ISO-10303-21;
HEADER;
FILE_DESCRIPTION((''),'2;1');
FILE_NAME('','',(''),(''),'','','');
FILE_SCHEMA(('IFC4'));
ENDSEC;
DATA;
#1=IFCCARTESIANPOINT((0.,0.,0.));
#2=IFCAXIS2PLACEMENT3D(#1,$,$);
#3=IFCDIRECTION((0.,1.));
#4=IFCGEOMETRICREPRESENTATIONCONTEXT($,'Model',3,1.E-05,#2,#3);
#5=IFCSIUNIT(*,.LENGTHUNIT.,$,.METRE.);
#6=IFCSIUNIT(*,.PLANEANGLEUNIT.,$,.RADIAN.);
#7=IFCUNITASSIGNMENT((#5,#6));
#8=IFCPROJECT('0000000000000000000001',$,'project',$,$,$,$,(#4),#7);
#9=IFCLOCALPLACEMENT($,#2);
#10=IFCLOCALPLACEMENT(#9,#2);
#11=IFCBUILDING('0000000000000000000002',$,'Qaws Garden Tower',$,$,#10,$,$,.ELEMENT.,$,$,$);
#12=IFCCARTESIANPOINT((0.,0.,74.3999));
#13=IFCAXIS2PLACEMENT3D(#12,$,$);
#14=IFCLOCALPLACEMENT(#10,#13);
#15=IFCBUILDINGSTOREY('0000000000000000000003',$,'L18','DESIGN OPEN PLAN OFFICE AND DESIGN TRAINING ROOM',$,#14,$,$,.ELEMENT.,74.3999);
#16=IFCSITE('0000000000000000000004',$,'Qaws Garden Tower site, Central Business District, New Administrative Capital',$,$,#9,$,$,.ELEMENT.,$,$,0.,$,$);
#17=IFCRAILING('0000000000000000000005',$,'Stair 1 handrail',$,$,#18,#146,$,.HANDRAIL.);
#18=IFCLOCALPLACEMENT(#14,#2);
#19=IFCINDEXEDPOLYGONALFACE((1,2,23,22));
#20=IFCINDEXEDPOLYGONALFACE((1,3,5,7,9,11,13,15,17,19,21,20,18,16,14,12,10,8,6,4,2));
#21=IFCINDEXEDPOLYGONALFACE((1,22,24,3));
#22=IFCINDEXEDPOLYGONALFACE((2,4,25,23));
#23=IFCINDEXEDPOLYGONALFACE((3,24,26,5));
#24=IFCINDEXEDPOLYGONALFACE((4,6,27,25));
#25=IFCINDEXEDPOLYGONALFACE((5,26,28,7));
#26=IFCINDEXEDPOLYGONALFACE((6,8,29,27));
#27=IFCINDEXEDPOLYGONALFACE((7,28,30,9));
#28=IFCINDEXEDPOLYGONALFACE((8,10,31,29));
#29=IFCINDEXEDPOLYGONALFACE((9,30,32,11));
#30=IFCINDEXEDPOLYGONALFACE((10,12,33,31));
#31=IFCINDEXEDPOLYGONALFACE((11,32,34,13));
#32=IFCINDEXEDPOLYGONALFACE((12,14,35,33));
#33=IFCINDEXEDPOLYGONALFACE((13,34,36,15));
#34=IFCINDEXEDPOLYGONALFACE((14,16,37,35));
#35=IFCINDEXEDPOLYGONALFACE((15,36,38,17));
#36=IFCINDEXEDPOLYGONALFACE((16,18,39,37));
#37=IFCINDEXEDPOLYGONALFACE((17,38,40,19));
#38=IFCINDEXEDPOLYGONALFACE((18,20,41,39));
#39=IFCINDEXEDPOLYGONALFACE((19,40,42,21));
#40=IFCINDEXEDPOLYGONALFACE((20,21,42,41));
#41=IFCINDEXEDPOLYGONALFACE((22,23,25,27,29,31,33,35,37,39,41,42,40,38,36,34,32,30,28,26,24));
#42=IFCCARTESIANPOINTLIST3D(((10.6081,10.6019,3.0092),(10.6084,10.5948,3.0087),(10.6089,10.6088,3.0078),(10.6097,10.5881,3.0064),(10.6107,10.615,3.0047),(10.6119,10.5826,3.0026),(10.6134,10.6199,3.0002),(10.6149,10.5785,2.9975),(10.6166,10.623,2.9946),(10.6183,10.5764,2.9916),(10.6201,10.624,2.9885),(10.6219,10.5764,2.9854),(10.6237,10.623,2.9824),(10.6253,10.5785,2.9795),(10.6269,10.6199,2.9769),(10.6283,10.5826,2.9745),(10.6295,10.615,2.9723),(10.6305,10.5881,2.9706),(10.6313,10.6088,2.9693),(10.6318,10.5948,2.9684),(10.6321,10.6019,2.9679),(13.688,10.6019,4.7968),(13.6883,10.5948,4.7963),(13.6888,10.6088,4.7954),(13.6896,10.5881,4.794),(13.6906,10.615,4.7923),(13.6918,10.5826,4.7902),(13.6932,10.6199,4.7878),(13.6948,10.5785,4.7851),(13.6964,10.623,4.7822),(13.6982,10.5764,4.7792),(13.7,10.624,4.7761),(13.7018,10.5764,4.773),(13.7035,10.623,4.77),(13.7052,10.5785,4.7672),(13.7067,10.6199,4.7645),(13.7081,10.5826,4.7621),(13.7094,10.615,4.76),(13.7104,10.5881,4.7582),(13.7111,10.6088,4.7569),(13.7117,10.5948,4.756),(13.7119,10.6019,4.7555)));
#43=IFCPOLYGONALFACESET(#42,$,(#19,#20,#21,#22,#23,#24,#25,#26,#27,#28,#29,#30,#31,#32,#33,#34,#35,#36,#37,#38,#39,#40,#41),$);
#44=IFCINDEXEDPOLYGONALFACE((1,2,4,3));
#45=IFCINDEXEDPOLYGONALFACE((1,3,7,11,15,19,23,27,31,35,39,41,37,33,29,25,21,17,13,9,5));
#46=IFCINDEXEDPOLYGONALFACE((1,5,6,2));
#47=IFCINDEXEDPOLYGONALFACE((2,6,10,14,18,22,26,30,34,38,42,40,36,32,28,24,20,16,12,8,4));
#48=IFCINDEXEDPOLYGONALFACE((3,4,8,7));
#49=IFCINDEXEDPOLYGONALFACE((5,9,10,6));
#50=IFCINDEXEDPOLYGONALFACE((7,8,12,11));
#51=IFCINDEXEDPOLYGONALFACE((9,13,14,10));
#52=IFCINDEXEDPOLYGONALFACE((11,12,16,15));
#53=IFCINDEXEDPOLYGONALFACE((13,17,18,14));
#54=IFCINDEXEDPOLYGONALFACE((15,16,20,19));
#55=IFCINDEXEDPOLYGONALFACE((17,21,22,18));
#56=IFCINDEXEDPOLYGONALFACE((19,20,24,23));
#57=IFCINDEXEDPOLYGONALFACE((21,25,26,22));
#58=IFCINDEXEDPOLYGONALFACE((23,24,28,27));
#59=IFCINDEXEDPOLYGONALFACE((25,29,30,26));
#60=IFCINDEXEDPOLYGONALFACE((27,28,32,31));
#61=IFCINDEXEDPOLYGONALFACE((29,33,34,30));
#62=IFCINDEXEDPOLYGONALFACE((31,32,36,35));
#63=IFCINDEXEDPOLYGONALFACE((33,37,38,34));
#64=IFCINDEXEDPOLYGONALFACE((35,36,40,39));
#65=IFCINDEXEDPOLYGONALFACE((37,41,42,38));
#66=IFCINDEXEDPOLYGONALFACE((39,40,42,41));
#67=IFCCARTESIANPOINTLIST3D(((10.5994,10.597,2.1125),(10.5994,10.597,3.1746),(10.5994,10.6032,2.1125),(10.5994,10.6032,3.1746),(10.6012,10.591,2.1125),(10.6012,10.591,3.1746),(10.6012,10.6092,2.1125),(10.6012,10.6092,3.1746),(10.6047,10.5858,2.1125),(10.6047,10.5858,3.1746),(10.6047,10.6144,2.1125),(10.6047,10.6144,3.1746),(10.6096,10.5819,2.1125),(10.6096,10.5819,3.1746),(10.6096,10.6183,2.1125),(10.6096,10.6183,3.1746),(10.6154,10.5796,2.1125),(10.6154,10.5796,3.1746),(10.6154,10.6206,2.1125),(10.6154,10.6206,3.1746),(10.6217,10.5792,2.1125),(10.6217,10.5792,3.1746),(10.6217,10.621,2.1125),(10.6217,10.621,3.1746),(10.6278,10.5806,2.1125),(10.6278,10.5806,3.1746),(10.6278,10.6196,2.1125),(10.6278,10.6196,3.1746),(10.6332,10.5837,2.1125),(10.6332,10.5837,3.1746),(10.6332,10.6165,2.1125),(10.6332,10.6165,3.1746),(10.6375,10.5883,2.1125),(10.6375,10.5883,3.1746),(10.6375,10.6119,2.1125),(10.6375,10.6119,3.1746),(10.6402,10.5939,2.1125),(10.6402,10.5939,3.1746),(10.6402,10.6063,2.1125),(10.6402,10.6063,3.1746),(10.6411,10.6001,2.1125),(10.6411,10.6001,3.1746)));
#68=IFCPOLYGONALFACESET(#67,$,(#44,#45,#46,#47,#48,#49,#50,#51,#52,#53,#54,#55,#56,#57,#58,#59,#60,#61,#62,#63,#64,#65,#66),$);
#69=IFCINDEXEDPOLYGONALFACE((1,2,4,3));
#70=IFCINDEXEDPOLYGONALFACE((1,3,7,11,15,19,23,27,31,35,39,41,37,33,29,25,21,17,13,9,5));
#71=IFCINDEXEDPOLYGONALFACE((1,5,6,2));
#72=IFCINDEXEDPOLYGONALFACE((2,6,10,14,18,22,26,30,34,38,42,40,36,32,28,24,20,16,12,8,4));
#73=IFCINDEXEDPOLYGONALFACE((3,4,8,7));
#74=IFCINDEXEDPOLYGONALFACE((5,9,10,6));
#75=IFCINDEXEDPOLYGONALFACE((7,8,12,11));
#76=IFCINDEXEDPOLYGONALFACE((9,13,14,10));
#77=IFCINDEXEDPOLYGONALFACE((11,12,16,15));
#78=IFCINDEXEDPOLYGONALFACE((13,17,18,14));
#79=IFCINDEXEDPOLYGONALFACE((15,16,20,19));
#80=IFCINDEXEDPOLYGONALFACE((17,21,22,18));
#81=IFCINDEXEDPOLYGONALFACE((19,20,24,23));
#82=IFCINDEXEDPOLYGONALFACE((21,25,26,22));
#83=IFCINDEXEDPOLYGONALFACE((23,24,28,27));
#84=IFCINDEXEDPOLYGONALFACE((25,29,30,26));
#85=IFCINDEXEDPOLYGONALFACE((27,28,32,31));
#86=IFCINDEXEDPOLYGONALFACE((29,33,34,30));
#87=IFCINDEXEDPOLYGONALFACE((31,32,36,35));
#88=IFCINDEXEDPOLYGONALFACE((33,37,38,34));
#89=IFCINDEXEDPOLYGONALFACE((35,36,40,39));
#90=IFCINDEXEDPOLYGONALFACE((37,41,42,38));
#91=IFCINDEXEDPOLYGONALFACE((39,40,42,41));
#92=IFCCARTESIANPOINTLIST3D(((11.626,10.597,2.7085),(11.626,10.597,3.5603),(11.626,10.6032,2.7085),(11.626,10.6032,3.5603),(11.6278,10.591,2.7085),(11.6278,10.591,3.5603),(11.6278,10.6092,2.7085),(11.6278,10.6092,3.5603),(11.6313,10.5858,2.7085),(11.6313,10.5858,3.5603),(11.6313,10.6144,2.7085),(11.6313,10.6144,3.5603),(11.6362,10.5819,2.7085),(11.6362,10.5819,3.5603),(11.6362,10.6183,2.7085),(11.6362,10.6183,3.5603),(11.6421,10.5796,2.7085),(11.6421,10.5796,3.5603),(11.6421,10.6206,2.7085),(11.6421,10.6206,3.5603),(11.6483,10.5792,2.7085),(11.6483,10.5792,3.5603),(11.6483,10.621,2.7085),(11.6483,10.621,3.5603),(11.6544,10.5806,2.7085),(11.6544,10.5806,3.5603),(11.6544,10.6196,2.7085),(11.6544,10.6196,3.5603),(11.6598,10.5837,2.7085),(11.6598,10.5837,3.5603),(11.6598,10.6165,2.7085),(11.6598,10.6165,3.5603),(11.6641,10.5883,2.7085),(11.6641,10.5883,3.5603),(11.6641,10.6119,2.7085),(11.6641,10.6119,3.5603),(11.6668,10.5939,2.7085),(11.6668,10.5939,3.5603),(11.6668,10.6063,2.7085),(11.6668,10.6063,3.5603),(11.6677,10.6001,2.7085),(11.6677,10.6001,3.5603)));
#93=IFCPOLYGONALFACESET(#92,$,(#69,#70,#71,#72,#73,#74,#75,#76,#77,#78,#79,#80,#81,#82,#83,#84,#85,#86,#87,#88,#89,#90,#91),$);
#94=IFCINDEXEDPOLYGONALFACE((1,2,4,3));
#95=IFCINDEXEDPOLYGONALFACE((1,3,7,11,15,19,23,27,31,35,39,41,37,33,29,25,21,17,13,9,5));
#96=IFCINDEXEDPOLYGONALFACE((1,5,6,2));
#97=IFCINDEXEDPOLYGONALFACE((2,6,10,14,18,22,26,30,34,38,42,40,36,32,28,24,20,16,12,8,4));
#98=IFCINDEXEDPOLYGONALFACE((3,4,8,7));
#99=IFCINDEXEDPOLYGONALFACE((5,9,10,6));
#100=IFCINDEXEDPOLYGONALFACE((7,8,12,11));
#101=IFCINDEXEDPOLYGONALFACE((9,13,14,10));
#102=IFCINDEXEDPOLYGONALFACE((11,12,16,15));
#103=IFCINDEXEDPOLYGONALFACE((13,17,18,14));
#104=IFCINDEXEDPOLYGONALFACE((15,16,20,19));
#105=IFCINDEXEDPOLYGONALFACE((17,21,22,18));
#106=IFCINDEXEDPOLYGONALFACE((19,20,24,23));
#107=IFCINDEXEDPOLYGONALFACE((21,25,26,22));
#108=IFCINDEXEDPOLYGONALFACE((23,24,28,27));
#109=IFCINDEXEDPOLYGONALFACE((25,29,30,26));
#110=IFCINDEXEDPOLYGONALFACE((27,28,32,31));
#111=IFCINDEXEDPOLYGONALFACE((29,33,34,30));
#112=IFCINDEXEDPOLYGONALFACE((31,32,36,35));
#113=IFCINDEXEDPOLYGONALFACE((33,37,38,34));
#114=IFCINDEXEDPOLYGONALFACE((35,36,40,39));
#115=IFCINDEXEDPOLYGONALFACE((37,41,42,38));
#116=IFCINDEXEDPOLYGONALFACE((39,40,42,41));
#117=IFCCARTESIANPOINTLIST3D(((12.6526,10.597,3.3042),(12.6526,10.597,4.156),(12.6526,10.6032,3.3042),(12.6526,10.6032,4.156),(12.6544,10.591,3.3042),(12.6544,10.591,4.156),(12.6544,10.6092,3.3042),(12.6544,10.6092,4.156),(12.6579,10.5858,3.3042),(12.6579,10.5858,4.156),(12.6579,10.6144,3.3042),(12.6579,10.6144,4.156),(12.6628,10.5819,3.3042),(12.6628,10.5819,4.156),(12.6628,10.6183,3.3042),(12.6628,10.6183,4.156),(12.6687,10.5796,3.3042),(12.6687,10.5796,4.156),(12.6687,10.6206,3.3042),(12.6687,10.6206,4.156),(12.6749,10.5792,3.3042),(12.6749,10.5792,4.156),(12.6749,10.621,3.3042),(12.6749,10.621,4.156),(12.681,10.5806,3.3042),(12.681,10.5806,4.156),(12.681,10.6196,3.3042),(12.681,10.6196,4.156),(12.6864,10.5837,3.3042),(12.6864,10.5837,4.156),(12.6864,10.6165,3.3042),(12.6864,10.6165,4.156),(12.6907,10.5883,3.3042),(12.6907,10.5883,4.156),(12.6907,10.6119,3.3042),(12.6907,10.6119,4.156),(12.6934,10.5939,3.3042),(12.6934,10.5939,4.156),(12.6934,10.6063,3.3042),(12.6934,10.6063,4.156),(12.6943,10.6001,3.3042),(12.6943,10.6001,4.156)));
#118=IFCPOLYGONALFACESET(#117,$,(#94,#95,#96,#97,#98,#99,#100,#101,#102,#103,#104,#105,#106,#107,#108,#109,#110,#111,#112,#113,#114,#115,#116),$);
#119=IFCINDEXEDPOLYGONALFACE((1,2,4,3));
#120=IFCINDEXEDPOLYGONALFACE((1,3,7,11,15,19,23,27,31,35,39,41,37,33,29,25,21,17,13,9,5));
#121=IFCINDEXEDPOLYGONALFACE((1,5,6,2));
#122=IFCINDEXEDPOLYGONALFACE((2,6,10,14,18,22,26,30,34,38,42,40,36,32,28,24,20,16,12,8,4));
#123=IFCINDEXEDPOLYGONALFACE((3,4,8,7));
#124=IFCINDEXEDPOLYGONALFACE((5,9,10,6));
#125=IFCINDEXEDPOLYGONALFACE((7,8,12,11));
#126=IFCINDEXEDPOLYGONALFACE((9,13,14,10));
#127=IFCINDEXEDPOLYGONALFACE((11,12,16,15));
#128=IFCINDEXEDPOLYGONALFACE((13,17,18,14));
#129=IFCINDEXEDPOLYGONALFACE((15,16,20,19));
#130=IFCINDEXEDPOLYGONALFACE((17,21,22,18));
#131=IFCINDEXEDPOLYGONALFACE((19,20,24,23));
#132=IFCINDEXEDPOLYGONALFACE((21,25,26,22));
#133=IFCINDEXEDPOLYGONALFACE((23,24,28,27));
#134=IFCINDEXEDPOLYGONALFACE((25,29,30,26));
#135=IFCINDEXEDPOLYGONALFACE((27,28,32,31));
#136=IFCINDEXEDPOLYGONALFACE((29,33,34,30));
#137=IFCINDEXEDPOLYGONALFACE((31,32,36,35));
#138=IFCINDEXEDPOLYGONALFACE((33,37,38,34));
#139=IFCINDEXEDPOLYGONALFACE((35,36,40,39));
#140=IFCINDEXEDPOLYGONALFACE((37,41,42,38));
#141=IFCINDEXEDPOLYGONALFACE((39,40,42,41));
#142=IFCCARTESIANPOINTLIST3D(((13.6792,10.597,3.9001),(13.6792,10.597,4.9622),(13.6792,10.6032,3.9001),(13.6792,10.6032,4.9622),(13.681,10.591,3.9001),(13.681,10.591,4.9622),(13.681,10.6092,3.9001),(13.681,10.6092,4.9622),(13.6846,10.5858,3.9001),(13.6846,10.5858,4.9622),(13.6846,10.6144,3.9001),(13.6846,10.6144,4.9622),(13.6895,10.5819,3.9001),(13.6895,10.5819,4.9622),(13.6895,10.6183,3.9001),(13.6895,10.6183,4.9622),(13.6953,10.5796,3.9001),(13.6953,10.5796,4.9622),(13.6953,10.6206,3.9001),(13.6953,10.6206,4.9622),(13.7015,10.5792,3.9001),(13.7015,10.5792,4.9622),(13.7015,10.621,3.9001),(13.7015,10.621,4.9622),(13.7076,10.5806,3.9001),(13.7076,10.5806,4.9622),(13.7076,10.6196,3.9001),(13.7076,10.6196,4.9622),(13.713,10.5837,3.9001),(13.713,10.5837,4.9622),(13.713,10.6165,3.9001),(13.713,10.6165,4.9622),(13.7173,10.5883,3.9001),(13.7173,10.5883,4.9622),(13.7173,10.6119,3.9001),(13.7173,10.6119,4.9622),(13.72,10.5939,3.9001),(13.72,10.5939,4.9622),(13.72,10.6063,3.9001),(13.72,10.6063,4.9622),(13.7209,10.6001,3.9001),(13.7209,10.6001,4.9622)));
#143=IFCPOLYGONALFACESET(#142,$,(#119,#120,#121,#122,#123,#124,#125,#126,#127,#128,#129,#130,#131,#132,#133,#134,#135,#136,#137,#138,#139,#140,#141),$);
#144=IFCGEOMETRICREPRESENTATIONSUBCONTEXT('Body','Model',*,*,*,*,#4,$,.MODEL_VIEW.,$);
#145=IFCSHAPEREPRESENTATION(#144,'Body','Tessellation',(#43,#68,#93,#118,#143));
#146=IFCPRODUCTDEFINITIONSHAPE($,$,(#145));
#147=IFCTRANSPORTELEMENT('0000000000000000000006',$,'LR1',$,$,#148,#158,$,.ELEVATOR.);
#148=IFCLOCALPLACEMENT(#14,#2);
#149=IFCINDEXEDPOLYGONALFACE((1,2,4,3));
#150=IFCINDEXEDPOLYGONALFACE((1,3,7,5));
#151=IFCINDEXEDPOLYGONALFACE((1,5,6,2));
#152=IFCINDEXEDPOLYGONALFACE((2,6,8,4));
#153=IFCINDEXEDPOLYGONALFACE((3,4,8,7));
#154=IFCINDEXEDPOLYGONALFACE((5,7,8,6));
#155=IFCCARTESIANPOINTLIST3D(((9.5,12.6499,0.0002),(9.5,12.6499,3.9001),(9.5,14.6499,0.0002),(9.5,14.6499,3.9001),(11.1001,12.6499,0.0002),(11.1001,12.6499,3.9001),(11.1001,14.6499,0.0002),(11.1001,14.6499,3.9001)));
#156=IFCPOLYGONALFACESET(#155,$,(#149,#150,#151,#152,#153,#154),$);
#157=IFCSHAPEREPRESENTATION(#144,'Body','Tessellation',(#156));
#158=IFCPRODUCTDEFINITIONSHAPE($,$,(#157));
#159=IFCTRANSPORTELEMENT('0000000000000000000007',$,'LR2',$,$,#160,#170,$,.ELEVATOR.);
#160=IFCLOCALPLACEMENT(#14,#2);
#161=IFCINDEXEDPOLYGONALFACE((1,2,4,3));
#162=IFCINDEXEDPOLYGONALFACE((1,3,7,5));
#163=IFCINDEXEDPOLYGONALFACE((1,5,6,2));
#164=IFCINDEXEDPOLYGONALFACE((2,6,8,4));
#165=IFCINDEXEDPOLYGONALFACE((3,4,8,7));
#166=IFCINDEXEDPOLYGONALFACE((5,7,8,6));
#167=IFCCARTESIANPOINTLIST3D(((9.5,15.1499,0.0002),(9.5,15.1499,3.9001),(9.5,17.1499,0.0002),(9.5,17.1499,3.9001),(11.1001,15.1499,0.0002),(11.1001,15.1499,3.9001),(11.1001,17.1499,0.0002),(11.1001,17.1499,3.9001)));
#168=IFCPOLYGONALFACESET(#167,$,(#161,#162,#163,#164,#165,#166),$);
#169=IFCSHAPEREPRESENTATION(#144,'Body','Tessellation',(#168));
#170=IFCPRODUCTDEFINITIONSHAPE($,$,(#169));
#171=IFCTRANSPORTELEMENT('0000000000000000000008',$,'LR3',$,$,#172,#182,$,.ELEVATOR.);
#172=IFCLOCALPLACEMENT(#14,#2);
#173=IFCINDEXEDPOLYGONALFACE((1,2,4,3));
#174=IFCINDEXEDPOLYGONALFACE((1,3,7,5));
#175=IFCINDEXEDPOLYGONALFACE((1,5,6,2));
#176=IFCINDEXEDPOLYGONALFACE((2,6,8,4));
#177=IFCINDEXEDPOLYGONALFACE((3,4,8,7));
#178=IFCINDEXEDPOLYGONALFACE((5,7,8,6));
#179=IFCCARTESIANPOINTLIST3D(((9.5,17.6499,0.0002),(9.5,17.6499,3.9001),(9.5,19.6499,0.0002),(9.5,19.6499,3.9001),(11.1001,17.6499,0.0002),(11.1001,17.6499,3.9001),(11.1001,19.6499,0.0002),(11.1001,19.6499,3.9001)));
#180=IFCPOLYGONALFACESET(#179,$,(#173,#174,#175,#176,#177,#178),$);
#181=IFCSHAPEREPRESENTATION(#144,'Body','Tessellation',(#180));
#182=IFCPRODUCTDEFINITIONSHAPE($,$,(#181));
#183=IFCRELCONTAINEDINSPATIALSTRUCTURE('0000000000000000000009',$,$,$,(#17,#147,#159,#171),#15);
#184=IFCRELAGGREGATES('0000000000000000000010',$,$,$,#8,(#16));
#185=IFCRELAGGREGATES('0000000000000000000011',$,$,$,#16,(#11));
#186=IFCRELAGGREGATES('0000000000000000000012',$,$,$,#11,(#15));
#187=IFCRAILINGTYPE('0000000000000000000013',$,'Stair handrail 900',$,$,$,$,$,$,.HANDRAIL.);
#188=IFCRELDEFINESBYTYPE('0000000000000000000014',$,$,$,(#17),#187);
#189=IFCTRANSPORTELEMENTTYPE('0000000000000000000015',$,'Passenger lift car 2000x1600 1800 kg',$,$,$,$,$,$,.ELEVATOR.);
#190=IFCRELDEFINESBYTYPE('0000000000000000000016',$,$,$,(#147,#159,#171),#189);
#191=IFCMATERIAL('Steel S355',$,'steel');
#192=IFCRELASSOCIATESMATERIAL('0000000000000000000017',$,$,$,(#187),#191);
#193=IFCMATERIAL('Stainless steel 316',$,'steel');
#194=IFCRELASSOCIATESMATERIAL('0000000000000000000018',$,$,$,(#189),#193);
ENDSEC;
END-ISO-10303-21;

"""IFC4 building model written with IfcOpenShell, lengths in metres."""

from ifc_helpers import new_model, si_unit, direction, frame, origin, origin_2d, place, context, subcontext, project, spatial, rectangle, circle, extrude, material, type_object, element, save


model = new_model("IFC4")

# Units and contexts
model_context = context("Model", 3, precision=1e-05, world=origin(), true_north=direction((0.0, 1.0)))
body_context = subcontext(model_context, "Body", "Model", "MODEL_VIEW")
ifc_project = project(units=[si_unit("LENGTHUNIT", "METRE"), si_unit("PLANEANGLEUNIT", "RADIAN")], contexts=[model_context])

# Site, building, storey
site_placement = place(None, origin())
site = spatial("IfcSite", under=ifc_project, at=site_placement, Name="Qaws Garden Tower site, Central Business District, New Administrative Capital", CompositionType="ELEMENT", RefElevation=0.0)
building_placement = place(site_placement, origin())
building = spatial("IfcBuilding", under=site, at=building_placement, Name="Qaws Garden Tower", CompositionType="ELEMENT")
storey_placement = place(building_placement, frame((0.0, 0.0, 74.3999)))
storey = spatial("IfcBuildingStorey", under=building, at=storey_placement, Name="L18", Description="DESIGN OPEN PLAN OFFICE AND DESIGN TRAINING ROOM", CompositionType="ELEMENT", Elevation=74.3999)

# Railing
ifc_material_1 = material(Name="Steel S355", Category="steel")
railing_type = type_object("IfcRailingType", Name="Stair handrail 900", PredefinedType="HANDRAIL", material=ifc_material_1)
railing_1_placement = place(storey_placement, frame((10.6201, 10.6001, 2.1125)))
element("IfcRailing", 1, at=railing_1_placement, inside=storey, type_object=railing_type, Name="Stair 1 handrail", PredefinedType="HANDRAIL", context=body_context, shape_type="SweptSolid", body=[
    extrude(circle(Radius=0.0239, at=origin_2d()), frame((0.0, 0.0, 0.876), z_axis=(0.864873, 0.0, 0.50199), x_axis=(0.0, 1.0, 0.0)), (0.0, 0.0, 1.0), 3.561),
    extrude(circle(Radius=0.021, at=origin_2d()), origin(), (0.0, 0.0, 1.0), 1.062),
    extrude(circle(Radius=0.021, at=origin_2d()), frame((1.0266, 0.0, 0.5959)), (0.0, 0.0, 1.0), 0.8518),
    extrude(circle(Radius=0.021, at=origin_2d()), frame((2.0532, 0.0, 1.1917)), (0.0, 0.0, 1.0), 0.8518),
    extrude(circle(Radius=0.021, at=origin_2d()), frame((3.0798, 0.0, 1.7876)), (0.0, 0.0, 1.0), 1.062),
])

# Transport elements
ifc_material_2 = material(Name="Stainless steel 316", Category="steel")
transport_element_type = type_object("IfcTransportElementType", Name="Passenger lift car 2000x1600 1800 kg", PredefinedType="ELEVATOR", material=ifc_material_2)
for number, where, z_axis, x_axis, name in (
    (2, (10.3, 13.6499, 0.0002), (0.0, 0.0, 1.0), (1.0, 0.0, 0.0), "LR1"),
    (3, (10.3, 16.1499, 0.0002), (0.0, 0.0, 1.0), (1.0, 0.0, 0.0), "LR2"),
    (4, (10.3, 18.6499, 0.0002), (0.0, 0.0, 1.0), (1.0, 0.0, 0.0), "LR3"),
):
    element("IfcTransportElement", number, at=place(storey_placement, frame(where, z_axis=z_axis, x_axis=x_axis)), inside=storey, type_object=transport_element_type, Name=name, PredefinedType="ELEVATOR", context=body_context, shape_type="SweptSolid", body=[
        extrude(rectangle(XDim=1.6001, YDim=2.0, at=origin_2d()), origin(), (0.0, 0.0, 1.0), 3.8999),
    ])

save(model, "model.ifc")
